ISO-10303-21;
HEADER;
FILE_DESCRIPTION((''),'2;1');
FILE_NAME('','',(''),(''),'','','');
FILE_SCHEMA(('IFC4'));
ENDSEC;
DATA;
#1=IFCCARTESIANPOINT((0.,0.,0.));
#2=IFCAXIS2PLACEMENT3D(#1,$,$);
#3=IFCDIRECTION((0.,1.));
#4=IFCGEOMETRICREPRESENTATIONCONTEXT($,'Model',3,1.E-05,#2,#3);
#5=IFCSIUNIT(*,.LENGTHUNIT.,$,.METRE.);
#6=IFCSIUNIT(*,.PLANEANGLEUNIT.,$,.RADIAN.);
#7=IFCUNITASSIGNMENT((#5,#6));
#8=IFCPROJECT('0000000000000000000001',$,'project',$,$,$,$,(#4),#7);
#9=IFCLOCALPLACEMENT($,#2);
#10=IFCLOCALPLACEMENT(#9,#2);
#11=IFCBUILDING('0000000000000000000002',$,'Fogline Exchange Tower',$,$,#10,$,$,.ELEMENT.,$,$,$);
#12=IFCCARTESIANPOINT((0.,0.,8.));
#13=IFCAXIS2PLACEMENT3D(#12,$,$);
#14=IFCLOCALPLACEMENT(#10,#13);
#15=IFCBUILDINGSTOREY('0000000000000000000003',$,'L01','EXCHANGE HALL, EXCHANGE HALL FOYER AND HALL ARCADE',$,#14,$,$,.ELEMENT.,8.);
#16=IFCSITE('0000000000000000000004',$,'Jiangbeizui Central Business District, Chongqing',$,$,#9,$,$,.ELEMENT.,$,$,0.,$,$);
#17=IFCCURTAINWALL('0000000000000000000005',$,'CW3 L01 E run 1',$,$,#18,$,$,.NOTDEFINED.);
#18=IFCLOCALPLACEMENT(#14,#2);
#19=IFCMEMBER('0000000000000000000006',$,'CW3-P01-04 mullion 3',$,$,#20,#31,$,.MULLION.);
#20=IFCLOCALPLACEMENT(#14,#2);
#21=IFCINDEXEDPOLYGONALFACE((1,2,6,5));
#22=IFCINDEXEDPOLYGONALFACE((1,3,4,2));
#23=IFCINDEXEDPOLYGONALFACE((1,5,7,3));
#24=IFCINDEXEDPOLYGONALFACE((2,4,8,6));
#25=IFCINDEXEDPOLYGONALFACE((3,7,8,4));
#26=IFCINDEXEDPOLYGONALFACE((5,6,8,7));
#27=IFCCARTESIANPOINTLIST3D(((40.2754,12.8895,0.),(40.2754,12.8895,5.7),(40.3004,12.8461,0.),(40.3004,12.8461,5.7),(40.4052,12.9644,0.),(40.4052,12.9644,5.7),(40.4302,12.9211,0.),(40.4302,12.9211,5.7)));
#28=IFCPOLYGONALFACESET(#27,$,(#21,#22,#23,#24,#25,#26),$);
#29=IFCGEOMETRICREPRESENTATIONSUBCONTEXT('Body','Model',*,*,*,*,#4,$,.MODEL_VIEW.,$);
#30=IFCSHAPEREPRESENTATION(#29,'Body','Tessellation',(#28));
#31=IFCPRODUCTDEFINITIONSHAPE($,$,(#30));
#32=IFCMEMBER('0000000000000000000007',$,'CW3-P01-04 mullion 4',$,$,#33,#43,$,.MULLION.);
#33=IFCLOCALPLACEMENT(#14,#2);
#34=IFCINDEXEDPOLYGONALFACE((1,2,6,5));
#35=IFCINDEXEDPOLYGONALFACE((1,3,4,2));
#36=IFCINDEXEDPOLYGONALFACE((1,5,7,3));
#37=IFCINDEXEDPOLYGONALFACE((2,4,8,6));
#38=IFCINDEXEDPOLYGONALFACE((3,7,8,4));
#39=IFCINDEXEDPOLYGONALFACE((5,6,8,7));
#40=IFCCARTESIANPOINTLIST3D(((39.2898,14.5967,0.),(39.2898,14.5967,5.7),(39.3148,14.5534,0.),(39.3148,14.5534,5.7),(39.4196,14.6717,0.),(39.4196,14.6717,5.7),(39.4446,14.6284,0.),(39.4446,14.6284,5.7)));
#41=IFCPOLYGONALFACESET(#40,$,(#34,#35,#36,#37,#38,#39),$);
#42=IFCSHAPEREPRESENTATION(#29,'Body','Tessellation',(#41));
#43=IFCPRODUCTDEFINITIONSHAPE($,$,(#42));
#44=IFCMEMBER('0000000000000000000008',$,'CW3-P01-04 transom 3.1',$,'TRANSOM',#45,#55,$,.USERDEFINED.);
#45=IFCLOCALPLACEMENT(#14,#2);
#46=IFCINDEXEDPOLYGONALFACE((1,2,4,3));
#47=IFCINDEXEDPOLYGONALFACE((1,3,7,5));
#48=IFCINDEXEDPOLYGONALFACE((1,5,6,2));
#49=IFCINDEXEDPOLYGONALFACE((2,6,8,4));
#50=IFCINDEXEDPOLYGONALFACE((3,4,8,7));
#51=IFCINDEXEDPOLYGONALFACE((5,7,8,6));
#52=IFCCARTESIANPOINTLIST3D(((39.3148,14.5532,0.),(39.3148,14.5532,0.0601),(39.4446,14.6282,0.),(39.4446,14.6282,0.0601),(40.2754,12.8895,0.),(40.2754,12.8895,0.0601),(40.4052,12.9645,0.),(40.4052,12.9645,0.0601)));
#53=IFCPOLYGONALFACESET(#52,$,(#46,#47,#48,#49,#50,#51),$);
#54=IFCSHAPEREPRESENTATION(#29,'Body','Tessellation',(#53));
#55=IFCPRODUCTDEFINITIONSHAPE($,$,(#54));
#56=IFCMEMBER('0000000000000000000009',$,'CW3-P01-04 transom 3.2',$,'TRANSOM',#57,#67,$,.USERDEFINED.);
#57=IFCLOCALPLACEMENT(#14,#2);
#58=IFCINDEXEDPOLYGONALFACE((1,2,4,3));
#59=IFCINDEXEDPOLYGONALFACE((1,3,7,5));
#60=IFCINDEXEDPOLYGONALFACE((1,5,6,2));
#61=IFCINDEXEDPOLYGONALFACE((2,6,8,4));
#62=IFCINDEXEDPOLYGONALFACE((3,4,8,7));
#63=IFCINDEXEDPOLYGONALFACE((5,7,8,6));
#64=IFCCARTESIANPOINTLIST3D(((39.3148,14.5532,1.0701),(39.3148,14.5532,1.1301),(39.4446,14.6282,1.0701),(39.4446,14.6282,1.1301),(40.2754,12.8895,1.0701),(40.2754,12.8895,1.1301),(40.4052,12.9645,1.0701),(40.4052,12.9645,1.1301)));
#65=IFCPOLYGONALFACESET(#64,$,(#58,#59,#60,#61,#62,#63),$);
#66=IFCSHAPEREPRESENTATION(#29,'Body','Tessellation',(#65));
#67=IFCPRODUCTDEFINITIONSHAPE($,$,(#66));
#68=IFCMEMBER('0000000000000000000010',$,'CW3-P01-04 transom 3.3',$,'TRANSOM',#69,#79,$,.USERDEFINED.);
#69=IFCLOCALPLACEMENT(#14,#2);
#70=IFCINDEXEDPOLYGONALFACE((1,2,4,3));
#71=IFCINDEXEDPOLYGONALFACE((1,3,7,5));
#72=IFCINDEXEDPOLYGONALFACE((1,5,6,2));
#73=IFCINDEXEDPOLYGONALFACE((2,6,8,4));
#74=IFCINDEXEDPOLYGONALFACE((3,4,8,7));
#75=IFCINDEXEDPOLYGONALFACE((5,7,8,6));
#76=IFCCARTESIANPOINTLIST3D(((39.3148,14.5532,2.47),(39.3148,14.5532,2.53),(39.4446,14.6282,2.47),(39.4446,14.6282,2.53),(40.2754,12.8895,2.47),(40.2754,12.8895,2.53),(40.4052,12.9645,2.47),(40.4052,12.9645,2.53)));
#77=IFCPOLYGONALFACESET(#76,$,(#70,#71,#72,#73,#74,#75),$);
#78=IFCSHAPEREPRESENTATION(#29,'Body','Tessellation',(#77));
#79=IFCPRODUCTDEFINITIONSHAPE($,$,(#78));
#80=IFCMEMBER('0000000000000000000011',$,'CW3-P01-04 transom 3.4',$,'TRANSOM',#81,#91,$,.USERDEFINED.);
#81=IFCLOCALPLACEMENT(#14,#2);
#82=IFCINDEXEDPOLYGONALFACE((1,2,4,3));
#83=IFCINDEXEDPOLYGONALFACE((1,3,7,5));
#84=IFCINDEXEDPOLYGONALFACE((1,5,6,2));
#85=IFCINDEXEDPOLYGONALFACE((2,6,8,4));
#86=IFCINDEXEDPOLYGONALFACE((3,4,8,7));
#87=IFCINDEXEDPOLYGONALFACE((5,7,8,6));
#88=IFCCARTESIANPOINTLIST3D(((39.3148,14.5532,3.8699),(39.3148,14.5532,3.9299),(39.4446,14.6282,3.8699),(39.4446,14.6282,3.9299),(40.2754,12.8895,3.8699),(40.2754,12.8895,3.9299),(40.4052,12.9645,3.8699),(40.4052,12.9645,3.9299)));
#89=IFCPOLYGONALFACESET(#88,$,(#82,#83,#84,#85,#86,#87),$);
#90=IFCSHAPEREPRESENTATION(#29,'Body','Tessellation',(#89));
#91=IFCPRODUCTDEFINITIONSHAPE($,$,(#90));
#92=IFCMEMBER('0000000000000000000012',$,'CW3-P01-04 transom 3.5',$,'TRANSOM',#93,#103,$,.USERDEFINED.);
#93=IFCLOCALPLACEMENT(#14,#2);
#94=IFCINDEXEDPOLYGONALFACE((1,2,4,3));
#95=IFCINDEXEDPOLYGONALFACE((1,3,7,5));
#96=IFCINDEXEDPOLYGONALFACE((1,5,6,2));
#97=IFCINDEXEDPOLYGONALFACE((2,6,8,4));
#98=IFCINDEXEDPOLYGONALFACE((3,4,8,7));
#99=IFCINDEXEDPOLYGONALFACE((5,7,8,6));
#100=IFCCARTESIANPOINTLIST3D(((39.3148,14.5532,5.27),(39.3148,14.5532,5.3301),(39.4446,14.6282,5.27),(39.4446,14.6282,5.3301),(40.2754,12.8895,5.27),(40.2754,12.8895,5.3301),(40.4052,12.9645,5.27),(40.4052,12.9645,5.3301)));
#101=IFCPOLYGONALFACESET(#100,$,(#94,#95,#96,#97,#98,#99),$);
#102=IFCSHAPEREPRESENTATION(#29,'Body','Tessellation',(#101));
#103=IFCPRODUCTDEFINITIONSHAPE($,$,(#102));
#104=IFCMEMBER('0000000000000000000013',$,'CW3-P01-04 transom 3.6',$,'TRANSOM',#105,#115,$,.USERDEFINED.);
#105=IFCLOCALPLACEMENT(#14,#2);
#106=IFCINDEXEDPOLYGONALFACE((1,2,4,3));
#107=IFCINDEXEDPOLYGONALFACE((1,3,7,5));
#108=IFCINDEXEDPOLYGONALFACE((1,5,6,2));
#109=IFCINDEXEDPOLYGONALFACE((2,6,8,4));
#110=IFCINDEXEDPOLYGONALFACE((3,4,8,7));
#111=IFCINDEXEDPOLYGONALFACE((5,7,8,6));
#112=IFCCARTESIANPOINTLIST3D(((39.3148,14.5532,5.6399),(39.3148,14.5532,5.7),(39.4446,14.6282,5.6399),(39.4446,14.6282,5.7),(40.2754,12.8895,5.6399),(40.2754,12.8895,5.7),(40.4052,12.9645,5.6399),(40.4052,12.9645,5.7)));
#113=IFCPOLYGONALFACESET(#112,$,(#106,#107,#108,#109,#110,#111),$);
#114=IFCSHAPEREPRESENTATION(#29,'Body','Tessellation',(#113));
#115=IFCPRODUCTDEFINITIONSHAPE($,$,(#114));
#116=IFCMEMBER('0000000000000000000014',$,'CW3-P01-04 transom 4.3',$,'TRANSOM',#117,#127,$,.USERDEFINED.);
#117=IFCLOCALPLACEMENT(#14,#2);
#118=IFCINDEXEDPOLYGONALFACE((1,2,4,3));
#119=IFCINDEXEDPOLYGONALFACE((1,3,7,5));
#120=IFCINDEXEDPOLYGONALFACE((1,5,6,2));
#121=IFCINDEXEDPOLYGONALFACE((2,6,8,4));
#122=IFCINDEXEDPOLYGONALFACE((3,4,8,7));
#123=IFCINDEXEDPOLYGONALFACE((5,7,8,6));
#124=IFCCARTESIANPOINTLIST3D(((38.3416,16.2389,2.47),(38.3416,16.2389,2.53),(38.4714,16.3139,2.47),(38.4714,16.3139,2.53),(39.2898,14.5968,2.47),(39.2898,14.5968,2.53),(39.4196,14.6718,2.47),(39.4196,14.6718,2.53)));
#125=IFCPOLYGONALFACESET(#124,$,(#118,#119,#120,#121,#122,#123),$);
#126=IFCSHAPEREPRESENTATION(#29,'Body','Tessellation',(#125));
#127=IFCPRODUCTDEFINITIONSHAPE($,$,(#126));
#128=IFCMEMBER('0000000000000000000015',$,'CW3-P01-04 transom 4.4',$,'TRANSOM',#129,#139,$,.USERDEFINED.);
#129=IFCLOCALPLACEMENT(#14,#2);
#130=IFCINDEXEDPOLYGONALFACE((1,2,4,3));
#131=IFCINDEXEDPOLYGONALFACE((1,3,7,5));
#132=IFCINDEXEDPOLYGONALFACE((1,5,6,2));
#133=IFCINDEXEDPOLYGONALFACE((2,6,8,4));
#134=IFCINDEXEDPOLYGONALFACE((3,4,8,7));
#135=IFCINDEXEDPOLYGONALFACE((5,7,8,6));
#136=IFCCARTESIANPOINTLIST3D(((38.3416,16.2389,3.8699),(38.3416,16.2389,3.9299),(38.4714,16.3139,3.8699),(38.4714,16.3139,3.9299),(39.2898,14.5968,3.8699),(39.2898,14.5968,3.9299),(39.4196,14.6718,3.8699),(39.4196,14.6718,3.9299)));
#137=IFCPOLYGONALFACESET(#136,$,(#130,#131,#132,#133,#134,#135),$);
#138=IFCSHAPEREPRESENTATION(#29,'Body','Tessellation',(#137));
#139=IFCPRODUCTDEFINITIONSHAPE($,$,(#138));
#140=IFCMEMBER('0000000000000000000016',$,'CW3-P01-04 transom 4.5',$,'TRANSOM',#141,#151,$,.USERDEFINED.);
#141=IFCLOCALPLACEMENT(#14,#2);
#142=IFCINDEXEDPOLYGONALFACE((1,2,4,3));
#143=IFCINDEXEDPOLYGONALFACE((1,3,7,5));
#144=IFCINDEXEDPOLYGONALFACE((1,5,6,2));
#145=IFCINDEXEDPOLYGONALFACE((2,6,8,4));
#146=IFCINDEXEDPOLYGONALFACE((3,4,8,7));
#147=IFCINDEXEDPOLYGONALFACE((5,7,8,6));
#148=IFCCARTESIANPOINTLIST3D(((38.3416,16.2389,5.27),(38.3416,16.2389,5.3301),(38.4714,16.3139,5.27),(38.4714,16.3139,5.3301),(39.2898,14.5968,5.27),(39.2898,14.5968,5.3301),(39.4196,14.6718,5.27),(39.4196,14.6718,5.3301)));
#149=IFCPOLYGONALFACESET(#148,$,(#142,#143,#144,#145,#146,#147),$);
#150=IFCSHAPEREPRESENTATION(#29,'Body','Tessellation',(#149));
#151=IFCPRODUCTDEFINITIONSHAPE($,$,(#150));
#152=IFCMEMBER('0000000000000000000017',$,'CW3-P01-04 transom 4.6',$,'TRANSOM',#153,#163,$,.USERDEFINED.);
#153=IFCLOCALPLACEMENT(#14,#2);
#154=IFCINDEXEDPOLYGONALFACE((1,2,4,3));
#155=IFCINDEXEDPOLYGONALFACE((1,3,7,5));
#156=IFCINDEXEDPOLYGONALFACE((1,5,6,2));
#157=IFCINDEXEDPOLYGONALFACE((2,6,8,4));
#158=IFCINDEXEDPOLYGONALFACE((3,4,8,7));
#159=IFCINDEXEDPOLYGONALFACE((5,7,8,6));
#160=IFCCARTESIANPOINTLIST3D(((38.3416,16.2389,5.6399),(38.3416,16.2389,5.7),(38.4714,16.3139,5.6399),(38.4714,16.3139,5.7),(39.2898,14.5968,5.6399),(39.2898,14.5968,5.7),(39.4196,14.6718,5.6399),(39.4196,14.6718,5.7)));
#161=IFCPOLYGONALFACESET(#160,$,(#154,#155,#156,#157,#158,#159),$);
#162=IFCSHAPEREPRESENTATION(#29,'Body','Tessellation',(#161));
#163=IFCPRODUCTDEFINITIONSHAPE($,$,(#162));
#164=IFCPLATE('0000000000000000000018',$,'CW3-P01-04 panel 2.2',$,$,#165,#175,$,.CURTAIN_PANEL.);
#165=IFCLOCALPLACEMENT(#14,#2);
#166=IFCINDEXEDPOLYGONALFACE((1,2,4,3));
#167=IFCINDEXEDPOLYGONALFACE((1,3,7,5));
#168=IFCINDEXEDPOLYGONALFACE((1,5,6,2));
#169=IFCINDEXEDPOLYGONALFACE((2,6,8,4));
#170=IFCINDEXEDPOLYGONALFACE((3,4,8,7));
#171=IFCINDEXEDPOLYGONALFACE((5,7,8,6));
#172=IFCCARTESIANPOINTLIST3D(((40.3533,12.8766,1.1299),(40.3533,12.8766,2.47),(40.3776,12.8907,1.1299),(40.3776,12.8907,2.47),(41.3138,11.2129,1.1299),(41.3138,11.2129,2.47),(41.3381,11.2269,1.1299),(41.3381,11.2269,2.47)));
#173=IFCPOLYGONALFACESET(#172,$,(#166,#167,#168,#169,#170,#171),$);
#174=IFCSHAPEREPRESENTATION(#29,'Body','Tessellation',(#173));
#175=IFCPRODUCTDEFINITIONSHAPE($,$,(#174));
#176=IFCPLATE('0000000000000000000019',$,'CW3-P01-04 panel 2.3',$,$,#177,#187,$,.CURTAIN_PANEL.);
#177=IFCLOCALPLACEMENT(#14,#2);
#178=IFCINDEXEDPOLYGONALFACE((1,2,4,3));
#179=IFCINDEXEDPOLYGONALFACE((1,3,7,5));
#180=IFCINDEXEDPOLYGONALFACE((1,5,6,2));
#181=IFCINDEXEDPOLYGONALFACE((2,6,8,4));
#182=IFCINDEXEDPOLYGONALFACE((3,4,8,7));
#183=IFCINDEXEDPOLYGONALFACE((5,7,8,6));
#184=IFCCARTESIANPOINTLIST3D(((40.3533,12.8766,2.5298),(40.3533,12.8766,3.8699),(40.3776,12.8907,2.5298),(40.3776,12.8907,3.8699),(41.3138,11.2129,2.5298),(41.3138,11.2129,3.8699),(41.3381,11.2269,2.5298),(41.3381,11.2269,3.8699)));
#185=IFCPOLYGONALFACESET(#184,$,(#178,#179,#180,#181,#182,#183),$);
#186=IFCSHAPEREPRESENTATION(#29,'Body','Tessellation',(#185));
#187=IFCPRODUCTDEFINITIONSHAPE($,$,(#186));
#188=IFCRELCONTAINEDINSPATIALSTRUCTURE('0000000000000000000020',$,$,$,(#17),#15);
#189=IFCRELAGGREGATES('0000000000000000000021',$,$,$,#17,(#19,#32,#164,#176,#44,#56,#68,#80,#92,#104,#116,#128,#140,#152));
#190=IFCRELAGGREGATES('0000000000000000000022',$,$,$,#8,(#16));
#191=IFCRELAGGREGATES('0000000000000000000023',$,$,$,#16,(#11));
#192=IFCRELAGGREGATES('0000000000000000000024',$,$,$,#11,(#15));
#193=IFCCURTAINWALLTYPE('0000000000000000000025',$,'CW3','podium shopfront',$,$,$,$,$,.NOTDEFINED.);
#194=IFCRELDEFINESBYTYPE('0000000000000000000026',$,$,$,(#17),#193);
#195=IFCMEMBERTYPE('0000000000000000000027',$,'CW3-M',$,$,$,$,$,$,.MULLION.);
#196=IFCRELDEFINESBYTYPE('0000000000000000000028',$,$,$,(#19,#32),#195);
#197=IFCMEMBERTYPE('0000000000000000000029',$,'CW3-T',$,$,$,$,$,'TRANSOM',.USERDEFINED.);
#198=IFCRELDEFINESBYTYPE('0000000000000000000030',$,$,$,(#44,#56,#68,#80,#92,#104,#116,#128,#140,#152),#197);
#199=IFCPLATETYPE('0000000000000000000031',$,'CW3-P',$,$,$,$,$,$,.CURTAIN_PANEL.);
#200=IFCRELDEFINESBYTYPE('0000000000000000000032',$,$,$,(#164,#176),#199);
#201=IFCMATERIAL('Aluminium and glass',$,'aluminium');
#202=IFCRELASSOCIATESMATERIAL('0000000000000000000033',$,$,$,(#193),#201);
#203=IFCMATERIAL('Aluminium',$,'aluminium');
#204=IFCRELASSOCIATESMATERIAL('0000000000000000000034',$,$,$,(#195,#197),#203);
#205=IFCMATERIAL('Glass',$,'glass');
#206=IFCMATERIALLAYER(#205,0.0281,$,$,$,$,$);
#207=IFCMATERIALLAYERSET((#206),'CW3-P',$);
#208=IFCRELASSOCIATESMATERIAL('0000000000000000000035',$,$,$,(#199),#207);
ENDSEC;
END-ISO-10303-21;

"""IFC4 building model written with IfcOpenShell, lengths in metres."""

from ifc_helpers import new_model, si_unit, direction, frame, origin, origin_2d, place, context, subcontext, project, spatial, rectangle, extrude, material, layer, layer_set, material_profile, profile_set, type_object, element, aggregate, save


model = new_model("IFC4")

# Units and contexts
model_context = context("Model", 3, precision=1e-05, world=origin(), true_north=direction((0.0, 1.0)))
body_context = subcontext(model_context, "Body", "Model", "MODEL_VIEW")
ifc_project = project(units=[si_unit("LENGTHUNIT", "METRE"), si_unit("PLANEANGLEUNIT", "RADIAN")], contexts=[model_context])

# Site, building, storey
site_placement = place(None, origin())
site = spatial("IfcSite", under=ifc_project, at=site_placement, Name="Jiangbeizui Central Business District, Chongqing", CompositionType="ELEMENT", RefElevation=0.0)
building_placement = place(site_placement, origin())
building = spatial("IfcBuilding", under=site, at=building_placement, Name="Fogline Exchange Tower", CompositionType="ELEMENT")
storey_placement = place(building_placement, frame((0.0, 0.0, 8.0)))
storey = spatial("IfcBuildingStorey", under=building, at=storey_placement, Name="L01", Description="EXCHANGE HALL, EXCHANGE HALL FOYER AND HALL ARCADE", CompositionType="ELEMENT", Elevation=8.0)

# Curtain wall, members, plates
ifc_material_1 = material(Name="Aluminium and glass", Category="aluminium")
curtain_wall_type = type_object("IfcCurtainWallType", Name="CW3", Description="podium shopfront", PredefinedType="NOTDEFINED", material=ifc_material_1)
curtain_wall_placement = place(storey_placement, origin())
curtain_wall = element("IfcCurtainWall", 1, at=curtain_wall_placement, inside=storey, type_object=curtain_wall_type, Name="CW3 L01 E run 1", PredefinedType="NOTDEFINED")
ifc_material_2 = material(Name="Aluminium", Category="aluminium")
ifc_material_profile_1 = material_profile(ifc_material_2, rectangle(XDim=0.1499, YDim=0.05, at=origin_2d()), Name="Mullion 50x150")
ifc_profile_set_1 = profile_set([ifc_material_profile_1], Name="Aluminium")
member_type_1 = type_object("IfcMemberType", Name="CW3-M", PredefinedType="MULLION", material=ifc_profile_set_1)
member_1_placement = place(storey_placement, frame((40.3528, 12.9053, 0.0), z_axis=(0.0, 0.0, 1.0), x_axis=(-0.866025, -0.5, 0.0)))
member_1 = element("IfcMember", 2, at=member_1_placement, type_object=member_type_1, Name="CW3-P01-04 mullion 3", PredefinedType="MULLION", context=body_context, shape_type="SweptSolid", body=[
    extrude(rectangle(XDim=0.1499, YDim=0.05, at=origin_2d()), origin(), (0.0, 0.0, 1.0), 5.7),
])
member_2_placement = place(storey_placement, frame((39.3672, 14.6125, 0.0), z_axis=(0.0, 0.0, 1.0), x_axis=(-0.866025, -0.5, 0.0)))
member_2 = element("IfcMember", 3, at=member_2_placement, type_object=member_type_1, Name="CW3-P01-04 mullion 4", PredefinedType="MULLION", context=body_context, shape_type="SweptSolid", body=[
    extrude(rectangle(XDim=0.1499, YDim=0.05, at=origin_2d()), origin(), (0.0, 0.0, 1.0), 5.7),
])
ifc_material_profile_2 = material_profile(ifc_material_2, rectangle(XDim=0.1499, YDim=0.0601, at=origin_2d()), Name="Transom 60x150")
ifc_profile_set_2 = profile_set([ifc_material_profile_2], Name="Aluminium")
member_type_2 = type_object("IfcMemberType", Name="CW3-T", ElementType="TRANSOM", PredefinedType="USERDEFINED", material=ifc_profile_set_2)
member_3_placement = place(storey_placement, frame((40.3403, 12.927, 0.03), z_axis=(-0.500034, 0.866006, 0.0), x_axis=(-0.866006, -0.500034, 0.0)))
member_3 = element("IfcMember", 4, at=member_3_placement, type_object=member_type_2, Name="CW3-P01-04 transom 3.1", ObjectType="TRANSOM", PredefinedType="USERDEFINED", context=body_context, shape_type="SweptSolid", body=[
    extrude(rectangle(XDim=0.1499, YDim=0.0601, at=origin_2d()), origin(), (0.0, 0.0, 1.0), 1.9211),
])
member_4_placement = place(storey_placement, frame((40.3403, 12.927, 1.1001), z_axis=(-0.500034, 0.866006, 0.0), x_axis=(-0.866006, -0.500034, 0.0)))
member_4 = element("IfcMember", 5, at=member_4_placement, type_object=member_type_2, Name="CW3-P01-04 transom 3.2", ObjectType="TRANSOM", PredefinedType="USERDEFINED", context=body_context, shape_type="SweptSolid", body=[
    extrude(rectangle(XDim=0.1499, YDim=0.0601, at=origin_2d()), origin(), (0.0, 0.0, 1.0), 1.9211),
])
member_5_placement = place(storey_placement, frame((40.3403, 12.927, 2.5), z_axis=(-0.500034, 0.866006, 0.0), x_axis=(-0.866006, -0.500034, 0.0)))
member_5 = element("IfcMember", 6, at=member_5_placement, type_object=member_type_2, Name="CW3-P01-04 transom 3.3", ObjectType="TRANSOM", PredefinedType="USERDEFINED", context=body_context, shape_type="SweptSolid", body=[
    extrude(rectangle(XDim=0.1499, YDim=0.0601, at=origin_2d()), origin(), (0.0, 0.0, 1.0), 1.9211),
])
member_6_placement = place(storey_placement, frame((40.3403, 12.927, 3.8999), z_axis=(-0.500034, 0.866006, 0.0), x_axis=(-0.866006, -0.500034, 0.0)))
member_6 = element("IfcMember", 7, at=member_6_placement, type_object=member_type_2, Name="CW3-P01-04 transom 3.4", ObjectType="TRANSOM", PredefinedType="USERDEFINED", context=body_context, shape_type="SweptSolid", body=[
    extrude(rectangle(XDim=0.1499, YDim=0.0601, at=origin_2d()), origin(), (0.0, 0.0, 1.0), 1.9211),
])
member_7_placement = place(storey_placement, frame((40.3403, 12.927, 5.3), z_axis=(-0.500034, 0.866006, 0.0), x_axis=(-0.866006, -0.500034, 0.0)))
member_7 = element("IfcMember", 8, at=member_7_placement, type_object=member_type_2, Name="CW3-P01-04 transom 3.5", ObjectType="TRANSOM", PredefinedType="USERDEFINED", context=body_context, shape_type="SweptSolid", body=[
    extrude(rectangle(XDim=0.1499, YDim=0.0601, at=origin_2d()), origin(), (0.0, 0.0, 1.0), 1.9211),
])
member_8_placement = place(storey_placement, frame((40.3403, 12.927, 5.6699), z_axis=(-0.500034, 0.866006, 0.0), x_axis=(-0.866006, -0.500034, 0.0)))
member_8 = element("IfcMember", 9, at=member_8_placement, type_object=member_type_2, Name="CW3-P01-04 transom 3.6", ObjectType="TRANSOM", PredefinedType="USERDEFINED", context=body_context, shape_type="SweptSolid", body=[
    extrude(rectangle(XDim=0.1499, YDim=0.0601, at=origin_2d()), origin(), (0.0, 0.0, 1.0), 1.9211),
])
member_9_placement = place(storey_placement, frame((39.3547, 14.6343, 2.5), z_axis=(-0.500072, 0.865984, 0.0), x_axis=(-0.865984, -0.500072, 0.0)))
member_9 = element("IfcMember", 10, at=member_9_placement, type_object=member_type_2, Name="CW3-P01-04 transom 4.3", ObjectType="TRANSOM", PredefinedType="USERDEFINED", context=body_context, shape_type="SweptSolid", body=[
    extrude(rectangle(XDim=0.1499, YDim=0.0601, at=origin_2d()), origin(), (0.0, 0.0, 1.0), 1.8962),
])
member_10_placement = place(storey_placement, frame((39.3547, 14.6343, 3.8999), z_axis=(-0.500072, 0.865984, 0.0), x_axis=(-0.865984, -0.500072, 0.0)))
member_10 = element("IfcMember", 11, at=member_10_placement, type_object=member_type_2, Name="CW3-P01-04 transom 4.4", ObjectType="TRANSOM", PredefinedType="USERDEFINED", context=body_context, shape_type="SweptSolid", body=[
    extrude(rectangle(XDim=0.1499, YDim=0.0601, at=origin_2d()), origin(), (0.0, 0.0, 1.0), 1.8962),
])
member_11_placement = place(storey_placement, frame((39.3547, 14.6343, 5.3), z_axis=(-0.500072, 0.865984, 0.0), x_axis=(-0.865984, -0.500072, 0.0)))
member_11 = element("IfcMember", 12, at=member_11_placement, type_object=member_type_2, Name="CW3-P01-04 transom 4.5", ObjectType="TRANSOM", PredefinedType="USERDEFINED", context=body_context, shape_type="SweptSolid", body=[
    extrude(rectangle(XDim=0.1499, YDim=0.0601, at=origin_2d()), origin(), (0.0, 0.0, 1.0), 1.8962),
])
member_12_placement = place(storey_placement, frame((39.3547, 14.6343, 5.6699), z_axis=(-0.500072, 0.865984, 0.0), x_axis=(-0.865984, -0.500072, 0.0)))
member_12 = element("IfcMember", 13, at=member_12_placement, type_object=member_type_2, Name="CW3-P01-04 transom 4.6", ObjectType="TRANSOM", PredefinedType="USERDEFINED", context=body_context, shape_type="SweptSolid", body=[
    extrude(rectangle(XDim=0.1499, YDim=0.0601, at=origin_2d()), origin(), (0.0, 0.0, 1.0), 1.8962),
])
ifc_material_3 = material(Name="Glass", Category="glass")
ifc_layer = layer(ifc_material_3, 0.0281)
ifc_layer_set = layer_set([ifc_layer], Name="CW3-P")
plate_type = type_object("IfcPlateType", Name="CW3-P", PredefinedType="CURTAIN_PANEL", material=ifc_layer_set)
plate_1_placement = place(storey_placement, frame((40.8457, 12.0518, 1.1299), z_axis=(0.0, 0.0, 1.0), x_axis=(-0.5, 0.866025, 0.0)))
plate_1 = element("IfcPlate", 14, at=plate_1_placement, type_object=plate_type, Name="CW3-P01-04 panel 2.2", PredefinedType="CURTAIN_PANEL", context=body_context, shape_type="SweptSolid", body=[
    extrude(rectangle(XDim=1.9211, YDim=0.0281, at=origin_2d()), origin(), (0.0, 0.0, 1.0), 1.3401),
])
plate_2_placement = place(storey_placement, frame((40.8457, 12.0518, 2.5298), z_axis=(0.0, 0.0, 1.0), x_axis=(-0.5, 0.866025, 0.0)))
plate_2 = element("IfcPlate", 15, at=plate_2_placement, type_object=plate_type, Name="CW3-P01-04 panel 2.3", PredefinedType="CURTAIN_PANEL", context=body_context, shape_type="SweptSolid", body=[
    extrude(rectangle(XDim=1.9211, YDim=0.0281, at=origin_2d()), origin(), (0.0, 0.0, 1.0), 1.3401),
])
aggregate(curtain_wall, [member_1, member_2, plate_1, plate_2, member_3, member_4, member_5, member_6, member_7, member_8, member_9, member_10, member_11, member_12])

save(model, "model.ifc")
